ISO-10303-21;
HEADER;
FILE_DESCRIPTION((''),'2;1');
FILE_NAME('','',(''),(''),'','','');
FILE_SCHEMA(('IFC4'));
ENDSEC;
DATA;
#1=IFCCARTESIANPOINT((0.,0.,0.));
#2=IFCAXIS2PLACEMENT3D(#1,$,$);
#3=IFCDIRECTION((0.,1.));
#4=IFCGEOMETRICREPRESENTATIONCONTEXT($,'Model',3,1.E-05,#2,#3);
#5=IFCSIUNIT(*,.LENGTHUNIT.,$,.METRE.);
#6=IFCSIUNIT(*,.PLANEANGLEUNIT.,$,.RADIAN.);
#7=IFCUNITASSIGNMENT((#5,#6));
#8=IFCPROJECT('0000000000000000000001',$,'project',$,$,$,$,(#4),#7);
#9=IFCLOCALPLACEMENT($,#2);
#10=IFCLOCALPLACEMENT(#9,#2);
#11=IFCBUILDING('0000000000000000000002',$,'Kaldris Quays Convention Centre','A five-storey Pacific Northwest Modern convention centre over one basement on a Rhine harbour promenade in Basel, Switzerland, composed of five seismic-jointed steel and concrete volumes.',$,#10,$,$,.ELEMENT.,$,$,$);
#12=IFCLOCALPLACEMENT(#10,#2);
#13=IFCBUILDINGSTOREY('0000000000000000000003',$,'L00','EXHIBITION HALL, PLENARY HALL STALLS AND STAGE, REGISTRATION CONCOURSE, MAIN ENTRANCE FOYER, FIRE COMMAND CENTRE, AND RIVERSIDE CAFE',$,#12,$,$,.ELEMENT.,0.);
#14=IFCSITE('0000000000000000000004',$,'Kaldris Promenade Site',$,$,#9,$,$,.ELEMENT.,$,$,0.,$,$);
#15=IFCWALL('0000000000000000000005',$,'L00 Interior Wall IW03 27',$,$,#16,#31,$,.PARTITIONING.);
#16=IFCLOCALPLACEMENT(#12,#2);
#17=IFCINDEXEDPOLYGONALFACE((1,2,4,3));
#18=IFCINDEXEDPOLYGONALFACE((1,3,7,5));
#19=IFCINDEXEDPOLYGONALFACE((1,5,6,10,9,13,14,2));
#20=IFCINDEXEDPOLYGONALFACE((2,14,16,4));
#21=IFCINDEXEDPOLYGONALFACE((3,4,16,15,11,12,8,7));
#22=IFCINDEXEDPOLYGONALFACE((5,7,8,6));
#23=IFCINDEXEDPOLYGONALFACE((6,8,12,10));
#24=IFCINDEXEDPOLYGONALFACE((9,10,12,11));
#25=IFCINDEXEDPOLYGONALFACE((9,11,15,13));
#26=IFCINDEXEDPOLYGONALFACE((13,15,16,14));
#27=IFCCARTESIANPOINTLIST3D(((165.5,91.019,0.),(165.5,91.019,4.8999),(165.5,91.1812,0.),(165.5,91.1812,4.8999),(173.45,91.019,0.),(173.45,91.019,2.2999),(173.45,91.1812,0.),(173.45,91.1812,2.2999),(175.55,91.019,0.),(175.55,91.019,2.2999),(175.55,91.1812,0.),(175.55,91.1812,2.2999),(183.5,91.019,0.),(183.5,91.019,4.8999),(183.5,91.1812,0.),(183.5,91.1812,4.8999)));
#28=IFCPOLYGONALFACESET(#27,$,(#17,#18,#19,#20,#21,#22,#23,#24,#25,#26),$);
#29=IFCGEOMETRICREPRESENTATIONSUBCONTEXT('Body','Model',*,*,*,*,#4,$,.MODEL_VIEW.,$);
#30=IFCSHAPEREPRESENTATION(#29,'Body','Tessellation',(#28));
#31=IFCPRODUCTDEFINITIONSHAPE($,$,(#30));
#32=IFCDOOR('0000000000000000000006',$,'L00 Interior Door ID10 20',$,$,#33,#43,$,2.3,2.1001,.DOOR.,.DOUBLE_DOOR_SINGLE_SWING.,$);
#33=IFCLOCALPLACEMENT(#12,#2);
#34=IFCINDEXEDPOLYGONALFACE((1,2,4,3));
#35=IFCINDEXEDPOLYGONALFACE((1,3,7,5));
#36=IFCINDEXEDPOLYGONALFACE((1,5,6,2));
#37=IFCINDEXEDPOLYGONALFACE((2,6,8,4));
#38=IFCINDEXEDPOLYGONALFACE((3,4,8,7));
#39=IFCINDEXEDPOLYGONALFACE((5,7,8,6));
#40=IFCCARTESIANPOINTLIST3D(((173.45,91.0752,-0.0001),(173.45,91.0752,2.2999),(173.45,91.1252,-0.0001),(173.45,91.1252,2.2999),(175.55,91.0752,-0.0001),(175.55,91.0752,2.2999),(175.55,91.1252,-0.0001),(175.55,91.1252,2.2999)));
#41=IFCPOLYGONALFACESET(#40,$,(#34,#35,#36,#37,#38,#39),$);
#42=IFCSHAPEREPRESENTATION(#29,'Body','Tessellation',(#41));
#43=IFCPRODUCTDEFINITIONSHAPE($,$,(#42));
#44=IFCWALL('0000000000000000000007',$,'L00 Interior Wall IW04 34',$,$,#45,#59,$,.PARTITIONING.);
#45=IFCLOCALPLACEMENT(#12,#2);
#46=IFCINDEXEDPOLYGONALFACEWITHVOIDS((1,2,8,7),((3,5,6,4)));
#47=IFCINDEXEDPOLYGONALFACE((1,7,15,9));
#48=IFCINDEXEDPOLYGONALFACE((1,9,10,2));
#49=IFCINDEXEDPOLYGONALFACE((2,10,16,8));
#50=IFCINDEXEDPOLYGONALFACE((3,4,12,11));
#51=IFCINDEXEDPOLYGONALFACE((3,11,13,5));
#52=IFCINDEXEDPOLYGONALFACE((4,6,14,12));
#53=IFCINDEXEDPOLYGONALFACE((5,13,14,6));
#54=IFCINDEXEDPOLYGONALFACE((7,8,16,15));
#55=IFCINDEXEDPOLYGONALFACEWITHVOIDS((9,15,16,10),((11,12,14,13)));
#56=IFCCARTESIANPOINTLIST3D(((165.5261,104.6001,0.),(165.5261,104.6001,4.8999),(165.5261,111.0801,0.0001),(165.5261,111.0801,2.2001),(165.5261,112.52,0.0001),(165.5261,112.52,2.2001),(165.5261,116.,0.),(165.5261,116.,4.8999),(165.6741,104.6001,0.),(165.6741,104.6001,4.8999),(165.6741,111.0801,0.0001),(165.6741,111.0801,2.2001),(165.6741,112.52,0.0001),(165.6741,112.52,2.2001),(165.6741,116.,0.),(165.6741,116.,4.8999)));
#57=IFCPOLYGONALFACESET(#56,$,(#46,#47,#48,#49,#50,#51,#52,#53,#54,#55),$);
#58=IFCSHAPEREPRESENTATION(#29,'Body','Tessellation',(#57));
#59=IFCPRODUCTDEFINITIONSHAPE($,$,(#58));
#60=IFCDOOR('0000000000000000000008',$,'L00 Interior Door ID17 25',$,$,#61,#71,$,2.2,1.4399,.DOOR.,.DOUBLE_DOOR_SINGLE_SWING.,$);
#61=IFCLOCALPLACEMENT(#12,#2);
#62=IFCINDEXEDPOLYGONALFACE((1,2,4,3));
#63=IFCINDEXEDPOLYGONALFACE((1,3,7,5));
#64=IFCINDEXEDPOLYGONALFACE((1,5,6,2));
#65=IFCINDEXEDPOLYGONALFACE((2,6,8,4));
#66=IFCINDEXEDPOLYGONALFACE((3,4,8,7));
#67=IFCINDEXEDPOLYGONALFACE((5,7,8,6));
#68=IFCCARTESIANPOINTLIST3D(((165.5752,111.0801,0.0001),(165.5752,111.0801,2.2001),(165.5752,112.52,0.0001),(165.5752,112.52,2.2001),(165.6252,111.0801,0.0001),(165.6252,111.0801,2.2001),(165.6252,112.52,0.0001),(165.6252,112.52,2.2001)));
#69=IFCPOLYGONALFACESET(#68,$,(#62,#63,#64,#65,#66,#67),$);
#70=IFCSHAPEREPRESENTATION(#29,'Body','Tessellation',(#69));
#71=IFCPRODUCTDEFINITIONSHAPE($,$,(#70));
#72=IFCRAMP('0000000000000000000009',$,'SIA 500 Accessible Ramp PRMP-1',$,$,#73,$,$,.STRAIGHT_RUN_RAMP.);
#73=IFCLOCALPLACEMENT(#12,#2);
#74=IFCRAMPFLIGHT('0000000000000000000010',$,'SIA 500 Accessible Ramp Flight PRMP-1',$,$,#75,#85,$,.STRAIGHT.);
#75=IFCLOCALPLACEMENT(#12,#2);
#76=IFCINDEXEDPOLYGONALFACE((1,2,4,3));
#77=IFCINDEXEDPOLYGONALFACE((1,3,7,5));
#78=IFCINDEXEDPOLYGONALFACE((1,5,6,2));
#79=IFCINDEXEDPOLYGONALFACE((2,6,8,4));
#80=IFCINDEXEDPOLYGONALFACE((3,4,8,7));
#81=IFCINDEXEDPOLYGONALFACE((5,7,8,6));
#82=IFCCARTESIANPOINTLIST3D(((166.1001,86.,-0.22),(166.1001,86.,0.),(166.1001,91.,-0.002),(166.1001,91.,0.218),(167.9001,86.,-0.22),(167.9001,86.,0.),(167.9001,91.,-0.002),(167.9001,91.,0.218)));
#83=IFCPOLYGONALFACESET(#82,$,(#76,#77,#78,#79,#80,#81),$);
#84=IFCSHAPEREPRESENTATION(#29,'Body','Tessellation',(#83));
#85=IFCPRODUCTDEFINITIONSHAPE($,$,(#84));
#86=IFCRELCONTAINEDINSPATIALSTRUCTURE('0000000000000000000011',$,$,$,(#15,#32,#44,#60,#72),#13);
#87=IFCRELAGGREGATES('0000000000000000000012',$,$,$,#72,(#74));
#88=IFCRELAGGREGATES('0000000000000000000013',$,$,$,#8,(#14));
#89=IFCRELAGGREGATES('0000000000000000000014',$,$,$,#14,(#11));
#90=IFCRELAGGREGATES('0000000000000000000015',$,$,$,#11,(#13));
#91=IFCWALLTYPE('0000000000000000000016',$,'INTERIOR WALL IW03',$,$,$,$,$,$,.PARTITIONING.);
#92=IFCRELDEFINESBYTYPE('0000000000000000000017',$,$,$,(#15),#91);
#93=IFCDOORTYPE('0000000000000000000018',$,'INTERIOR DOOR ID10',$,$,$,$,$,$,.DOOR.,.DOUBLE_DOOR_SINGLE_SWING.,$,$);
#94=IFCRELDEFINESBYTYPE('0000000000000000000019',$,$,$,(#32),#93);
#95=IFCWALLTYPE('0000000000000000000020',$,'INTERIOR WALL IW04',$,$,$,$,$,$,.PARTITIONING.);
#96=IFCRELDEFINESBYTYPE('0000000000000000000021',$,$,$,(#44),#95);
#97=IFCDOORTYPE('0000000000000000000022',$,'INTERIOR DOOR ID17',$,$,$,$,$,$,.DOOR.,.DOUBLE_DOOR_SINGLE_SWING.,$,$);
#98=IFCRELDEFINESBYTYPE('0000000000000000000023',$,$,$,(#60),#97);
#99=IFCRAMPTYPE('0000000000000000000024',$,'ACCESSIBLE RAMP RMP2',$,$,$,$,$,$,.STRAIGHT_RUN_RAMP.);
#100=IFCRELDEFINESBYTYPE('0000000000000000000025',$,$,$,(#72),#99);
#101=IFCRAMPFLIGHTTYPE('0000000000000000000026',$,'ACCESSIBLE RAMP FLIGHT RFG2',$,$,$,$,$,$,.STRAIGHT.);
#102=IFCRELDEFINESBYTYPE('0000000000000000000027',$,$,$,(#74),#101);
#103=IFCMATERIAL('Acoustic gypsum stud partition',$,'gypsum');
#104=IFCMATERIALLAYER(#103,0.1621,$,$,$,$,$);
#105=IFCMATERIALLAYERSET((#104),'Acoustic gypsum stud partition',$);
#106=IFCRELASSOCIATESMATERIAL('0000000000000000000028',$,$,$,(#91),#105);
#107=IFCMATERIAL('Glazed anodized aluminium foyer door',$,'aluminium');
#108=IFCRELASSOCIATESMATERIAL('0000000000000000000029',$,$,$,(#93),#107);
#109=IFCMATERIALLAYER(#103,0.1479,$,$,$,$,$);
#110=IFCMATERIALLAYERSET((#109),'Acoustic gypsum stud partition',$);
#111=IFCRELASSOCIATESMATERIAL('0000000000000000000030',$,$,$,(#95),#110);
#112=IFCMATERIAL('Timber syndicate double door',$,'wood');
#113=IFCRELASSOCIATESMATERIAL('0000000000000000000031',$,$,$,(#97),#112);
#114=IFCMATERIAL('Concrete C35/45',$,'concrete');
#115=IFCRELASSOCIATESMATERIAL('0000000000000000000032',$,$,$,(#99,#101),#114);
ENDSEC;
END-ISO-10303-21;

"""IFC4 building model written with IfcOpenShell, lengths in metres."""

from ifc_helpers import new_model, si_unit, direction, frame, frame_2d, origin, place, context, subcontext, project, spatial, polyline, rectangle, outline, extrude, material, layer, layer_set, type_object, element, fill, aggregate, save


model = new_model("IFC4")

# Units and contexts
model_context = context("Model", 3, precision=1e-05, world=origin(), true_north=direction((0.0, 1.0)))
body_context = subcontext(model_context, "Body", "Model", "MODEL_VIEW")
ifc_project = project(units=[si_unit("LENGTHUNIT", "METRE"), si_unit("PLANEANGLEUNIT", "RADIAN")], contexts=[model_context])

# Site, building, storey
site_placement = place(None, origin())
site = spatial("IfcSite", under=ifc_project, at=site_placement, Name="Kaldris Promenade Site", CompositionType="ELEMENT", RefElevation=0.0)
building_placement = place(site_placement, origin())
building = spatial("IfcBuilding", under=site, at=building_placement, Name="Kaldris Quays Convention Centre", Description="A five-storey Pacific Northwest Modern convention centre over one basement on a Rhine harbour promenade in Basel, Switzerland, composed of five seismic-jointed steel and concrete volumes.", CompositionType="ELEMENT")
storey_placement = place(building_placement, origin())
storey = spatial("IfcBuildingStorey", under=building, at=storey_placement, Name="L00", Description="EXHIBITION HALL, PLENARY HALL STALLS AND STAGE, REGISTRATION CONCOURSE, MAIN ENTRANCE FOYER, FIRE COMMAND CENTRE, AND RIVERSIDE CAFE", CompositionType="ELEMENT", Elevation=0.0)

# Walls, openings, doors
ifc_material_1 = material(Name="Concrete C35/45", Category="concrete")
ifc_material_2 = material(Name="Acoustic gypsum stud partition", Category="gypsum")
ifc_layer_1 = layer(ifc_material_2, 0.1621)
ifc_layer_set_1 = layer_set([ifc_layer_1], Name="Acoustic gypsum stud partition")
wall_type_1 = type_object("IfcWallType", Name="INTERIOR WALL IW03", PredefinedType="PARTITIONING", material=ifc_layer_set_1)
wall_1_placement = place(storey_placement, frame((165.5, 91.1001, 0.0), z_axis=(0.0, 0.0, 1.0), x_axis=(1.0, 0.0, 0.0)))
wall_1 = element("IfcWall", 1, at=wall_1_placement, inside=storey, type_object=wall_type_1, Name="L00 Interior Wall IW03 27", PredefinedType="PARTITIONING", context=body_context, shape_type="SweptSolid", body=[
    extrude(rectangle(XDim=18.0, YDim=0.1621, at=frame_2d((9.0, 0.0))), origin(), (0.0, 0.0, 1.0), 4.8999),
])
opening_1_placement = place(wall_1_placement, frame((7.95, 0.0, 0.0)))
opening_1 = element("IfcOpeningElement", 2, at=opening_1_placement, cuts=wall_1, PredefinedType="OPENING", context=body_context, shape_type="SweptSolid", body=[
    extrude(rectangle(XDim=2.1001, YDim=2.3, at=frame_2d((1.05, 1.1499))), frame((0.0, 0.0911, 0.0), z_axis=(0.0, -1.0, 0.0), x_axis=(1.0, 0.0, 0.0)), (0.0, 0.0, 1.0), 0.1821),
])
ifc_material_3 = material(Name="Glazed anodized aluminium foyer door", Category="aluminium")
door_type_1 = type_object("IfcDoorType", Name="INTERIOR DOOR ID10", OperationType="DOUBLE_DOOR_SINGLE_SWING", PredefinedType="DOOR", material=ifc_material_3)
door_1_placement = place(opening_1_placement, frame((2.1001, 0.0, 0.0), z_axis=(0.0, 0.0, 1.0), x_axis=(-1.0, 0.0, 0.0)))
door_1 = element("IfcDoor", 3, at=door_1_placement, inside=storey, type_object=door_type_1, Name="L00 Interior Door ID10 20", OperationType="DOUBLE_DOOR_SINGLE_SWING", OverallHeight=2.3, OverallWidth=2.1001, PredefinedType="DOOR", context=body_context, shape_type="SweptSolid", body=[
    extrude(rectangle(XDim=2.1001, YDim=2.3, at=frame_2d((1.05, 1.1499))), frame((0.0, 0.0249, 0.0), z_axis=(0.0, -1.0, 0.0), x_axis=(1.0, 0.0, 0.0)), (0.0, 0.0, 1.0), 0.05),
])
fill(opening_1, door_1)
ifc_layer_2 = layer(ifc_material_2, 0.1479)
ifc_layer_set_2 = layer_set([ifc_layer_2], Name="Acoustic gypsum stud partition")
wall_type_2 = type_object("IfcWallType", Name="INTERIOR WALL IW04", PredefinedType="PARTITIONING", material=ifc_layer_set_2)
wall_2_placement = place(storey_placement, frame((165.6001, 104.6001, 0.0), z_axis=(0.0, 0.0, 1.0), x_axis=(0.0, 1.0, 0.0)))
wall_2 = element("IfcWall", 4, at=wall_2_placement, inside=storey, type_object=wall_type_2, Name="L00 Interior Wall IW04 34", PredefinedType="PARTITIONING", context=body_context, shape_type="SweptSolid", body=[
    extrude(rectangle(XDim=11.3999, YDim=0.1479, at=frame_2d((5.7, 0.0))), origin(), (0.0, 0.0, 1.0), 4.8999),
])
opening_2_placement = place(wall_2_placement, frame((6.48, 0.0, 0.0)))
opening_2 = element("IfcOpeningElement", 5, at=opening_2_placement, cuts=wall_2, PredefinedType="OPENING", context=body_context, shape_type="SweptSolid", body=[
    extrude(rectangle(XDim=1.4399, YDim=2.2, at=frame_2d((0.72, 1.1001))), frame((0.0, 0.084, 0.0), z_axis=(0.0, -1.0, 0.0), x_axis=(1.0, 0.0, 0.0)), (0.0, 0.0, 1.0), 0.168),
])
ifc_material_4 = material(Name="Timber syndicate double door", Category="wood")
door_type_2 = type_object("IfcDoorType", Name="INTERIOR DOOR ID17", OperationType="DOUBLE_DOOR_SINGLE_SWING", PredefinedType="DOOR", material=ifc_material_4)
door_2_placement = place(opening_2_placement, origin())
door_2 = element("IfcDoor", 6, at=door_2_placement, inside=storey, type_object=door_type_2, Name="L00 Interior Door ID17 25", OperationType="DOUBLE_DOOR_SINGLE_SWING", OverallHeight=2.2, OverallWidth=1.4399, PredefinedType="DOOR", context=body_context, shape_type="SweptSolid", body=[
    extrude(rectangle(XDim=1.4399, YDim=2.2, at=frame_2d((0.72, 1.1001))), frame((0.0, 0.0249, 0.0), z_axis=(0.0, -1.0, 0.0), x_axis=(1.0, 0.0, 0.0)), (0.0, 0.0, 1.0), 0.05),
])
fill(opening_2, door_2)

# Ramp, ramp flight
ramp_type = type_object("IfcRampType", Name="ACCESSIBLE RAMP RMP2", PredefinedType="STRAIGHT_RUN_RAMP", material=ifc_material_1)
ramp_placement = place(storey_placement, origin())
ramp = element("IfcRamp", 7, at=ramp_placement, inside=storey, type_object=ramp_type, Name="SIA 500 Accessible Ramp PRMP-1", PredefinedType="STRAIGHT_RUN_RAMP")
ramp_flight_type = type_object("IfcRampFlightType", Name="ACCESSIBLE RAMP FLIGHT RFG2", PredefinedType="STRAIGHT", material=ifc_material_1)
ramp_flight_placement = place(storey_placement, frame((167.0, 86.0, 0.0), z_axis=(0.0, 0.0, 1.0), x_axis=(0.0, 1.0, 0.0)))
ramp_flight = element("IfcRampFlight", 8, at=ramp_flight_placement, type_object=ramp_flight_type, Name="SIA 500 Accessible Ramp Flight PRMP-1", PredefinedType="STRAIGHT", context=body_context, shape_type="SweptSolid", body=[
    extrude(outline(polyline([(0.0, -0.22), (0.0, 0.0), (5.0, 0.218), (5.0, -0.002), (0.0, -0.22)])), frame((0.0, 0.8999, 0.0), z_axis=(0.0, -1.0, 0.0), x_axis=(1.0, 0.0, 0.0)), (0.0, 0.0, 1.0), 1.8),
])
aggregate(ramp, [ramp_flight])

save(model, "model.ifc")
